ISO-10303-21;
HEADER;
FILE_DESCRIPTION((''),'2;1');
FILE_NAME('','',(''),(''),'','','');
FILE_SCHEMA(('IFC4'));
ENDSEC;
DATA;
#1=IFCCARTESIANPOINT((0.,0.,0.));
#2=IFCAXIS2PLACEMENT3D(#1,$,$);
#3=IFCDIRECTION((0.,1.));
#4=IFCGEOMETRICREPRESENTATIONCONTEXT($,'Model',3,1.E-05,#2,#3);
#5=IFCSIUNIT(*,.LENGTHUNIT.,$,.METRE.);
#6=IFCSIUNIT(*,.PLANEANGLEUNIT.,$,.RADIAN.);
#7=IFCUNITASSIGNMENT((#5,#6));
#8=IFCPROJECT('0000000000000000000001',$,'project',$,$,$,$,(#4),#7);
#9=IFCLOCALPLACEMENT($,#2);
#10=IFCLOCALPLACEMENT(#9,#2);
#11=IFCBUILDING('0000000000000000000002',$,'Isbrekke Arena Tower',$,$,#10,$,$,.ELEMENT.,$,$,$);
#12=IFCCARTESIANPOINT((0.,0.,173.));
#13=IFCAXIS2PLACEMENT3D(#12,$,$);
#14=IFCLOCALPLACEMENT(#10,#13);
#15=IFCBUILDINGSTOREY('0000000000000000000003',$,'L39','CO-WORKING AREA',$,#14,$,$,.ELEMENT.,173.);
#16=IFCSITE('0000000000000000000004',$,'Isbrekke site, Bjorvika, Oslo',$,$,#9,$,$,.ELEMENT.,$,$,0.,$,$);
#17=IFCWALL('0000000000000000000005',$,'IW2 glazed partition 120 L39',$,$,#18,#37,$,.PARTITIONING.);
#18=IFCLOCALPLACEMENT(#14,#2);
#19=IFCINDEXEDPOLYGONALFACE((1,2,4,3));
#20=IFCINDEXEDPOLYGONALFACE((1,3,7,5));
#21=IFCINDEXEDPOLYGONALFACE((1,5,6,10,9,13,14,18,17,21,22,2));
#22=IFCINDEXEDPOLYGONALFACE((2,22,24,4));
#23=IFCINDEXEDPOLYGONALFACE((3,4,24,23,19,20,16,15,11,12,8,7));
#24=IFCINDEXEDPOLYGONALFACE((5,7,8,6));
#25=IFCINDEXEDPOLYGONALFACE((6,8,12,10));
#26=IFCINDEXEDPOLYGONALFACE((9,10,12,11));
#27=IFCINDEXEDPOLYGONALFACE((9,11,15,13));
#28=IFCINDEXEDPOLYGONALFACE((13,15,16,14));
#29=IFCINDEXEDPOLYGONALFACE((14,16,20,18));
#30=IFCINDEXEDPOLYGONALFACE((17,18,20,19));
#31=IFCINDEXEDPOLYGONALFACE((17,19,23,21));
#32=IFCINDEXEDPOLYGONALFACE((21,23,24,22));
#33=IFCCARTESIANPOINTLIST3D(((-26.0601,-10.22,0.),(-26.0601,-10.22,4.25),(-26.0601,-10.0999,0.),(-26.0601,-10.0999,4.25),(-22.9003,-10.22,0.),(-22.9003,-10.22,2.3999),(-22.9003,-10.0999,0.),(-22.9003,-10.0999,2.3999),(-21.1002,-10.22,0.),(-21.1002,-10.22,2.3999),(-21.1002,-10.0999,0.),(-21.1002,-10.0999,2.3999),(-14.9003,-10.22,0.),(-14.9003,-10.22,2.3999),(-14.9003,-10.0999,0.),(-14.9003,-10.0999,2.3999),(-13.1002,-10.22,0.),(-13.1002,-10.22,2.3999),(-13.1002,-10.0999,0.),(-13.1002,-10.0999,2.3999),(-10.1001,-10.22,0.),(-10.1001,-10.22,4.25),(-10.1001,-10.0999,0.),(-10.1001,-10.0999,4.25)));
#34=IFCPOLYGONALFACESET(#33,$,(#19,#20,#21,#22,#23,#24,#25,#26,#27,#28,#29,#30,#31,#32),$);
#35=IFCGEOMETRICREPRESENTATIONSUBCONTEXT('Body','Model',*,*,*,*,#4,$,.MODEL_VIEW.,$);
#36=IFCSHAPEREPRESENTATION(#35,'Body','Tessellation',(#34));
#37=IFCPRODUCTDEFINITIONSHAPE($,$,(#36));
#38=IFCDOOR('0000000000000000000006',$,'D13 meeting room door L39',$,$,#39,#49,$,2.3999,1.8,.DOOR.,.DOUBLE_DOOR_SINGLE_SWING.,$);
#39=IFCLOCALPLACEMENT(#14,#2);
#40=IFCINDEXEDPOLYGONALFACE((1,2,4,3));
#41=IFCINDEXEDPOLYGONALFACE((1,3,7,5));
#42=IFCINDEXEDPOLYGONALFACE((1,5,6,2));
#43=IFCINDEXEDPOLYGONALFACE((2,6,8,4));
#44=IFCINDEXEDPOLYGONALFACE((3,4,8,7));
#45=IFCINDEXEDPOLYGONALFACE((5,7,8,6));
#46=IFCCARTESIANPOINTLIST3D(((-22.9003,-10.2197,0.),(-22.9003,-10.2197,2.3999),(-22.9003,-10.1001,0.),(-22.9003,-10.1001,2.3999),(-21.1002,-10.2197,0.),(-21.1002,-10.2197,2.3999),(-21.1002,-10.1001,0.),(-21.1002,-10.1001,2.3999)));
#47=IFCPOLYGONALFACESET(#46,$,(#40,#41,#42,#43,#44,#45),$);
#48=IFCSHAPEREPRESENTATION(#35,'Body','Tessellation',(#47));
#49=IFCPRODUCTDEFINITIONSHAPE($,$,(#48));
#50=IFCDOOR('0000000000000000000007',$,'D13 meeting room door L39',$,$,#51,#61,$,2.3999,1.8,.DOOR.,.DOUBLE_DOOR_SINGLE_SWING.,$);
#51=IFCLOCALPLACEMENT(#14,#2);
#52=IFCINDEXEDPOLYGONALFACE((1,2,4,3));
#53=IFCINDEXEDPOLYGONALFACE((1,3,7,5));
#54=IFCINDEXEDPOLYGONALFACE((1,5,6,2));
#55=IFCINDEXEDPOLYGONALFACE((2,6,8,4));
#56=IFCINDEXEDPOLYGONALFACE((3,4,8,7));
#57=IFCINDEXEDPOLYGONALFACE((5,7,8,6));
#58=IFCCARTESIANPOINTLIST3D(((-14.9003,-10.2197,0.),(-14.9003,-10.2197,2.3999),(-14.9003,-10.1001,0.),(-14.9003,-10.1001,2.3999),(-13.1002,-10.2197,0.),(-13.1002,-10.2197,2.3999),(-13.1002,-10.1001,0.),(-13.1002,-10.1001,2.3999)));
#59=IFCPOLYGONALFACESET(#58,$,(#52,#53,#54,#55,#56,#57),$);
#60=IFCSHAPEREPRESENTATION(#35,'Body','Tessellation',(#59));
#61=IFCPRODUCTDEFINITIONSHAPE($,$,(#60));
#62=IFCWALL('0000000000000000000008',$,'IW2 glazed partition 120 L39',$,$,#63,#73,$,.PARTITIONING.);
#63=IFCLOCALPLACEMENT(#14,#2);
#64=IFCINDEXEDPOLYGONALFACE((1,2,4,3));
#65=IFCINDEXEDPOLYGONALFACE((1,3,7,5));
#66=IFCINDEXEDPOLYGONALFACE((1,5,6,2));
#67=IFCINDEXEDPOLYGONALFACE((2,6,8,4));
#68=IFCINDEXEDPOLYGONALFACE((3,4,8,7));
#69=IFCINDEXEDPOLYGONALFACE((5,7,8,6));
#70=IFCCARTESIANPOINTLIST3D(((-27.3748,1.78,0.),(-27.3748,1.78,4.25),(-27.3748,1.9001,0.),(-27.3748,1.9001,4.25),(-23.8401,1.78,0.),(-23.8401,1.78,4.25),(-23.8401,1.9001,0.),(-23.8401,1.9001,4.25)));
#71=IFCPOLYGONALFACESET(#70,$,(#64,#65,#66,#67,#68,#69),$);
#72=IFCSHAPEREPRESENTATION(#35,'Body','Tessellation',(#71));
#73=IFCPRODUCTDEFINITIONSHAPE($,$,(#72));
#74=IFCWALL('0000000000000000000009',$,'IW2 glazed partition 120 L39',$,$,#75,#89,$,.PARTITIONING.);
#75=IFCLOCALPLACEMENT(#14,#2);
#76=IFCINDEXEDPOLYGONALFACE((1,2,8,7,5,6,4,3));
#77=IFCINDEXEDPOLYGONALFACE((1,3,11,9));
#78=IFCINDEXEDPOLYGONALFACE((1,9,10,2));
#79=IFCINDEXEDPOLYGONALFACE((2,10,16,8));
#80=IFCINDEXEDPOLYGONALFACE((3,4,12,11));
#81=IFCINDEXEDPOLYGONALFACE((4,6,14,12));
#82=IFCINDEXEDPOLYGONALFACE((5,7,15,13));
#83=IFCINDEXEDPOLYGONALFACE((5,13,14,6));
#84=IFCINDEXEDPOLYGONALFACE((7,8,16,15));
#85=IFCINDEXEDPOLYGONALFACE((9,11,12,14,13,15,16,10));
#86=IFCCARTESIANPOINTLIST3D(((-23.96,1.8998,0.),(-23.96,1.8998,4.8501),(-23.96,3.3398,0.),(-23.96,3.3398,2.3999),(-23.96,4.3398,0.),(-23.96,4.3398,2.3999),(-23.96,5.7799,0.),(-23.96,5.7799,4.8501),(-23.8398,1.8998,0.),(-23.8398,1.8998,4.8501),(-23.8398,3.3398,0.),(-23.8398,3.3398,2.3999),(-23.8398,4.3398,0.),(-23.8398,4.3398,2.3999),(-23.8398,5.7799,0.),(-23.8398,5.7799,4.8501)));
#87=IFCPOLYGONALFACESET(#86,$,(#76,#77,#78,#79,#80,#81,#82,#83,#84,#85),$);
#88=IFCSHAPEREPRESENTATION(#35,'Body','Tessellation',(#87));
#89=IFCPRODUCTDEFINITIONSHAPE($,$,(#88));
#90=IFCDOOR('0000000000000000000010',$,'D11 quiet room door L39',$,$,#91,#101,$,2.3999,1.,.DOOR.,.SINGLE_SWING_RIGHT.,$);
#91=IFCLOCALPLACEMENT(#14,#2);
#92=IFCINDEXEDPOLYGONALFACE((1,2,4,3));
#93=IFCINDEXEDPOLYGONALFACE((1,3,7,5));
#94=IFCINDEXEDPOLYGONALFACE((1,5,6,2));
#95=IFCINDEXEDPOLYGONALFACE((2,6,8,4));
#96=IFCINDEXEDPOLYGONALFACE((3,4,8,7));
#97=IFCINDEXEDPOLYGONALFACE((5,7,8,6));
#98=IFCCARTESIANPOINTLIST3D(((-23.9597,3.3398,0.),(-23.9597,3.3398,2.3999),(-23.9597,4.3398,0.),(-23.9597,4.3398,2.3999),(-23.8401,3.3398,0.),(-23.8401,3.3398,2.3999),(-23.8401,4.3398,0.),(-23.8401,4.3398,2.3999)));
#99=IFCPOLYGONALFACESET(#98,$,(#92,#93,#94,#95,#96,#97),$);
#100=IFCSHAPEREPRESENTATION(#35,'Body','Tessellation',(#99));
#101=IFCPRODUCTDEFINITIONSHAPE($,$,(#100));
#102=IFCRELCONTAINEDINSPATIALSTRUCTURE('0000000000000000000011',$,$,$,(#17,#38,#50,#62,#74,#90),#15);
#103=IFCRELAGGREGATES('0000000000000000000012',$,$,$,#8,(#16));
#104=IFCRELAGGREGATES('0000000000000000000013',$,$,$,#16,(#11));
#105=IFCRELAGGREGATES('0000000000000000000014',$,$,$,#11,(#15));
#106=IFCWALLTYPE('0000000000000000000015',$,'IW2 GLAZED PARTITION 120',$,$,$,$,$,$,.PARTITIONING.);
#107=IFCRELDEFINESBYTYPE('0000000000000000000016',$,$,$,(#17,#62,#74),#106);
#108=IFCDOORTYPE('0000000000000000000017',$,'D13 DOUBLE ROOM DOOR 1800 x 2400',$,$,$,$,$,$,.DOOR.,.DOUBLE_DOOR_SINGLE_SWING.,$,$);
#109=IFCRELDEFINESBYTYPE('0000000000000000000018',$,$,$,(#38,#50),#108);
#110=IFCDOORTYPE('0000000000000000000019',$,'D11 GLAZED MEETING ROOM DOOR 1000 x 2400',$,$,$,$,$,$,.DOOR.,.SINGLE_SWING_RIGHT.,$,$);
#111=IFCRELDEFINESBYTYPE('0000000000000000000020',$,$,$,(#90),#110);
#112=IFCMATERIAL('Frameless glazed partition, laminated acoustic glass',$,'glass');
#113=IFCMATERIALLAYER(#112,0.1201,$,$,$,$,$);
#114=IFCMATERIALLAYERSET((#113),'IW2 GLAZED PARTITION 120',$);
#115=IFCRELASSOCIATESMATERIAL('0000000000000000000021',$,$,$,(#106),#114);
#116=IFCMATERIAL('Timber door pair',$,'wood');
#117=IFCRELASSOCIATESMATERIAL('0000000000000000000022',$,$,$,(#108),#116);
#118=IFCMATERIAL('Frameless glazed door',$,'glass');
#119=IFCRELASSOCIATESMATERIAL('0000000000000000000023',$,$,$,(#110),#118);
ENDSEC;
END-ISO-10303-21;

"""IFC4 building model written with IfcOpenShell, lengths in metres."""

from ifc_helpers import new_model, si_unit, direction, frame, frame_2d, origin, place, context, subcontext, project, spatial, rectangle, extrude, material, layer, layer_set, type_object, element, fill, save


model = new_model("IFC4")

# Units and contexts
model_context = context("Model", 3, precision=1e-05, world=origin(), true_north=direction((0.0, 1.0)))
body_context = subcontext(model_context, "Body", "Model", "MODEL_VIEW")
ifc_project = project(units=[si_unit("LENGTHUNIT", "METRE"), si_unit("PLANEANGLEUNIT", "RADIAN")], contexts=[model_context])

# Site, building, storey
site_placement = place(None, origin())
site = spatial("IfcSite", under=ifc_project, at=site_placement, Name="Isbrekke site, Bjorvika, Oslo", CompositionType="ELEMENT", RefElevation=0.0)
building_placement = place(site_placement, origin())
building = spatial("IfcBuilding", under=site, at=building_placement, Name="Isbrekke Arena Tower", CompositionType="ELEMENT")
storey_placement = place(building_placement, frame((0.0, 0.0, 173.0)))
storey = spatial("IfcBuildingStorey", under=building, at=storey_placement, Name="L39", Description="CO-WORKING AREA", CompositionType="ELEMENT", Elevation=173.0)

# Wall, openings, doors
ifc_material_1 = material(Name="Frameless glazed partition, laminated acoustic glass", Category="glass")
ifc_layer_1 = layer(ifc_material_1, 0.1201)
ifc_layer_set_1 = layer_set([ifc_layer_1], Name="IW2 GLAZED PARTITION 120")
wall_type = type_object("IfcWallType", Name="IW2 GLAZED PARTITION 120", PredefinedType="PARTITIONING", material=ifc_layer_set_1)
wall_1_placement = place(storey_placement, frame((-26.0601, -10.1599, 0.0), z_axis=(0.0, 0.0, 1.0), x_axis=(1.0, 0.0, 0.0)))
wall_1 = element("IfcWall", 1, at=wall_1_placement, inside=storey, type_object=wall_type, Name="IW2 glazed partition 120 L39", PredefinedType="PARTITIONING", context=body_context, shape_type="SweptSolid", body=[
    extrude(rectangle(XDim=15.96, YDim=0.1201, at=frame_2d((7.98, 0.0))), origin(), (0.0, 0.0, 1.0), 4.25),
])
opening_1_placement = place(wall_1_placement, frame((3.1599, 0.0, 0.0)))
opening_1 = element("IfcOpeningElement", 2, at=opening_1_placement, cuts=wall_1, PredefinedType="OPENING", context=body_context, shape_type="SweptSolid", body=[
    extrude(rectangle(XDim=1.8, YDim=2.3999, at=frame_2d((0.8999, 1.2))), frame((0.0, 0.075, 0.0), z_axis=(0.0, -1.0, 0.0), x_axis=(1.0, 0.0, 0.0)), (0.0, 0.0, 1.0), 0.1499),
])
opening_2_placement = place(wall_1_placement, frame((11.1599, 0.0, 0.0)))
opening_2 = element("IfcOpeningElement", 3, at=opening_2_placement, cuts=wall_1, PredefinedType="OPENING", context=body_context, shape_type="SweptSolid", body=[
    extrude(rectangle(XDim=1.8, YDim=2.3999, at=frame_2d((0.8999, 1.2))), frame((0.0, 0.075, 0.0), z_axis=(0.0, -1.0, 0.0), x_axis=(1.0, 0.0, 0.0)), (0.0, 0.0, 1.0), 0.1499),
])
ifc_material_2 = material(Name="Timber door pair", Category="wood")
door_type_1 = type_object("IfcDoorType", Name="D13 DOUBLE ROOM DOOR 1800 x 2400", OperationType="DOUBLE_DOOR_SINGLE_SWING", PredefinedType="DOOR", material=ifc_material_2)
door_1_placement = place(opening_1_placement, origin())
door_1 = element("IfcDoor", 4, at=door_1_placement, inside=storey, type_object=door_type_1, Name="D13 meeting room door L39", OperationType="DOUBLE_DOOR_SINGLE_SWING", OverallHeight=2.3999, OverallWidth=1.8, PredefinedType="DOOR", context=body_context, shape_type="SweptSolid", body=[
    extrude(rectangle(XDim=1.8, YDim=2.3999, at=frame_2d((0.8999, 1.2))), frame((0.0, 0.0598, 0.0), z_axis=(0.0, -1.0, 0.0), x_axis=(1.0, 0.0, 0.0)), (0.0, 0.0, 1.0), 0.1196),
])
fill(opening_1, door_1)
door_2_placement = place(opening_2_placement, origin())
door_2 = element("IfcDoor", 5, at=door_2_placement, inside=storey, type_object=door_type_1, Name="D13 meeting room door L39", OperationType="DOUBLE_DOOR_SINGLE_SWING", OverallHeight=2.3999, OverallWidth=1.8, PredefinedType="DOOR", context=body_context, shape_type="SweptSolid", body=[
    extrude(rectangle(XDim=1.8, YDim=2.3999, at=frame_2d((0.8999, 1.2))), frame((0.0, 0.0598, 0.0), z_axis=(0.0, -1.0, 0.0), x_axis=(1.0, 0.0, 0.0)), (0.0, 0.0, 1.0), 0.1196),
])
fill(opening_2, door_2)

# Wall
wall_2_placement = place(storey_placement, frame((-27.3748, 1.8401, 0.0), z_axis=(0.0, 0.0, 1.0), x_axis=(1.0, 0.0, 0.0)))
element("IfcWall", 6, at=wall_2_placement, inside=storey, type_object=wall_type, Name="IW2 glazed partition 120 L39", PredefinedType="PARTITIONING", context=body_context, shape_type="SweptSolid", body=[
    extrude(rectangle(XDim=3.5347, YDim=0.1201, at=frame_2d((1.7673, 0.0))), origin(), (0.0, 0.0, 1.0), 4.25),
])

# Wall, opening, door
wall_3_placement = place(storey_placement, frame((-23.8999, 1.8999, 0.0), z_axis=(0.0, 0.0, 1.0), x_axis=(0.0, 1.0, 0.0)))
wall_3 = element("IfcWall", 7, at=wall_3_placement, inside=storey, type_object=wall_type, Name="IW2 glazed partition 120 L39", PredefinedType="PARTITIONING", context=body_context, shape_type="SweptSolid", body=[
    extrude(rectangle(XDim=3.8801, YDim=0.1201, at=frame_2d((1.9399, 0.0))), origin(), (0.0, 0.0, 1.0), 4.8501),
])
opening_3_placement = place(wall_3_placement, frame((1.4399, 0.0, 0.0)))
opening_3 = element("IfcOpeningElement", 8, at=opening_3_placement, cuts=wall_3, PredefinedType="OPENING", context=body_context, shape_type="SweptSolid", body=[
    extrude(rectangle(XDim=1.0, YDim=2.3999, at=frame_2d((0.5, 1.2))), frame((0.0, 0.075, 0.0), z_axis=(0.0, -1.0, 0.0), x_axis=(1.0, 0.0, 0.0)), (0.0, 0.0, 1.0), 0.1499),
])
ifc_material_3 = material(Name="Frameless glazed door", Category="glass")
door_type_2 = type_object("IfcDoorType", Name="D11 GLAZED MEETING ROOM DOOR 1000 x 2400", OperationType="SINGLE_SWING_RIGHT", PredefinedType="DOOR", material=ifc_material_3)
door_3_placement = place(opening_3_placement, origin())
door_3 = element("IfcDoor", 9, at=door_3_placement, inside=storey, type_object=door_type_2, Name="D11 quiet room door L39", OperationType="SINGLE_SWING_RIGHT", OverallHeight=2.3999, OverallWidth=1.0, PredefinedType="DOOR", context=body_context, shape_type="SweptSolid", body=[
    extrude(rectangle(XDim=1.0, YDim=2.3999, at=frame_2d((0.5, 1.2))), frame((0.0, 0.0598, 0.0), z_axis=(0.0, -1.0, 0.0), x_axis=(1.0, 0.0, 0.0)), (0.0, 0.0, 1.0), 0.1196),
])
fill(opening_3, door_3)

save(model, "model.ifc")
